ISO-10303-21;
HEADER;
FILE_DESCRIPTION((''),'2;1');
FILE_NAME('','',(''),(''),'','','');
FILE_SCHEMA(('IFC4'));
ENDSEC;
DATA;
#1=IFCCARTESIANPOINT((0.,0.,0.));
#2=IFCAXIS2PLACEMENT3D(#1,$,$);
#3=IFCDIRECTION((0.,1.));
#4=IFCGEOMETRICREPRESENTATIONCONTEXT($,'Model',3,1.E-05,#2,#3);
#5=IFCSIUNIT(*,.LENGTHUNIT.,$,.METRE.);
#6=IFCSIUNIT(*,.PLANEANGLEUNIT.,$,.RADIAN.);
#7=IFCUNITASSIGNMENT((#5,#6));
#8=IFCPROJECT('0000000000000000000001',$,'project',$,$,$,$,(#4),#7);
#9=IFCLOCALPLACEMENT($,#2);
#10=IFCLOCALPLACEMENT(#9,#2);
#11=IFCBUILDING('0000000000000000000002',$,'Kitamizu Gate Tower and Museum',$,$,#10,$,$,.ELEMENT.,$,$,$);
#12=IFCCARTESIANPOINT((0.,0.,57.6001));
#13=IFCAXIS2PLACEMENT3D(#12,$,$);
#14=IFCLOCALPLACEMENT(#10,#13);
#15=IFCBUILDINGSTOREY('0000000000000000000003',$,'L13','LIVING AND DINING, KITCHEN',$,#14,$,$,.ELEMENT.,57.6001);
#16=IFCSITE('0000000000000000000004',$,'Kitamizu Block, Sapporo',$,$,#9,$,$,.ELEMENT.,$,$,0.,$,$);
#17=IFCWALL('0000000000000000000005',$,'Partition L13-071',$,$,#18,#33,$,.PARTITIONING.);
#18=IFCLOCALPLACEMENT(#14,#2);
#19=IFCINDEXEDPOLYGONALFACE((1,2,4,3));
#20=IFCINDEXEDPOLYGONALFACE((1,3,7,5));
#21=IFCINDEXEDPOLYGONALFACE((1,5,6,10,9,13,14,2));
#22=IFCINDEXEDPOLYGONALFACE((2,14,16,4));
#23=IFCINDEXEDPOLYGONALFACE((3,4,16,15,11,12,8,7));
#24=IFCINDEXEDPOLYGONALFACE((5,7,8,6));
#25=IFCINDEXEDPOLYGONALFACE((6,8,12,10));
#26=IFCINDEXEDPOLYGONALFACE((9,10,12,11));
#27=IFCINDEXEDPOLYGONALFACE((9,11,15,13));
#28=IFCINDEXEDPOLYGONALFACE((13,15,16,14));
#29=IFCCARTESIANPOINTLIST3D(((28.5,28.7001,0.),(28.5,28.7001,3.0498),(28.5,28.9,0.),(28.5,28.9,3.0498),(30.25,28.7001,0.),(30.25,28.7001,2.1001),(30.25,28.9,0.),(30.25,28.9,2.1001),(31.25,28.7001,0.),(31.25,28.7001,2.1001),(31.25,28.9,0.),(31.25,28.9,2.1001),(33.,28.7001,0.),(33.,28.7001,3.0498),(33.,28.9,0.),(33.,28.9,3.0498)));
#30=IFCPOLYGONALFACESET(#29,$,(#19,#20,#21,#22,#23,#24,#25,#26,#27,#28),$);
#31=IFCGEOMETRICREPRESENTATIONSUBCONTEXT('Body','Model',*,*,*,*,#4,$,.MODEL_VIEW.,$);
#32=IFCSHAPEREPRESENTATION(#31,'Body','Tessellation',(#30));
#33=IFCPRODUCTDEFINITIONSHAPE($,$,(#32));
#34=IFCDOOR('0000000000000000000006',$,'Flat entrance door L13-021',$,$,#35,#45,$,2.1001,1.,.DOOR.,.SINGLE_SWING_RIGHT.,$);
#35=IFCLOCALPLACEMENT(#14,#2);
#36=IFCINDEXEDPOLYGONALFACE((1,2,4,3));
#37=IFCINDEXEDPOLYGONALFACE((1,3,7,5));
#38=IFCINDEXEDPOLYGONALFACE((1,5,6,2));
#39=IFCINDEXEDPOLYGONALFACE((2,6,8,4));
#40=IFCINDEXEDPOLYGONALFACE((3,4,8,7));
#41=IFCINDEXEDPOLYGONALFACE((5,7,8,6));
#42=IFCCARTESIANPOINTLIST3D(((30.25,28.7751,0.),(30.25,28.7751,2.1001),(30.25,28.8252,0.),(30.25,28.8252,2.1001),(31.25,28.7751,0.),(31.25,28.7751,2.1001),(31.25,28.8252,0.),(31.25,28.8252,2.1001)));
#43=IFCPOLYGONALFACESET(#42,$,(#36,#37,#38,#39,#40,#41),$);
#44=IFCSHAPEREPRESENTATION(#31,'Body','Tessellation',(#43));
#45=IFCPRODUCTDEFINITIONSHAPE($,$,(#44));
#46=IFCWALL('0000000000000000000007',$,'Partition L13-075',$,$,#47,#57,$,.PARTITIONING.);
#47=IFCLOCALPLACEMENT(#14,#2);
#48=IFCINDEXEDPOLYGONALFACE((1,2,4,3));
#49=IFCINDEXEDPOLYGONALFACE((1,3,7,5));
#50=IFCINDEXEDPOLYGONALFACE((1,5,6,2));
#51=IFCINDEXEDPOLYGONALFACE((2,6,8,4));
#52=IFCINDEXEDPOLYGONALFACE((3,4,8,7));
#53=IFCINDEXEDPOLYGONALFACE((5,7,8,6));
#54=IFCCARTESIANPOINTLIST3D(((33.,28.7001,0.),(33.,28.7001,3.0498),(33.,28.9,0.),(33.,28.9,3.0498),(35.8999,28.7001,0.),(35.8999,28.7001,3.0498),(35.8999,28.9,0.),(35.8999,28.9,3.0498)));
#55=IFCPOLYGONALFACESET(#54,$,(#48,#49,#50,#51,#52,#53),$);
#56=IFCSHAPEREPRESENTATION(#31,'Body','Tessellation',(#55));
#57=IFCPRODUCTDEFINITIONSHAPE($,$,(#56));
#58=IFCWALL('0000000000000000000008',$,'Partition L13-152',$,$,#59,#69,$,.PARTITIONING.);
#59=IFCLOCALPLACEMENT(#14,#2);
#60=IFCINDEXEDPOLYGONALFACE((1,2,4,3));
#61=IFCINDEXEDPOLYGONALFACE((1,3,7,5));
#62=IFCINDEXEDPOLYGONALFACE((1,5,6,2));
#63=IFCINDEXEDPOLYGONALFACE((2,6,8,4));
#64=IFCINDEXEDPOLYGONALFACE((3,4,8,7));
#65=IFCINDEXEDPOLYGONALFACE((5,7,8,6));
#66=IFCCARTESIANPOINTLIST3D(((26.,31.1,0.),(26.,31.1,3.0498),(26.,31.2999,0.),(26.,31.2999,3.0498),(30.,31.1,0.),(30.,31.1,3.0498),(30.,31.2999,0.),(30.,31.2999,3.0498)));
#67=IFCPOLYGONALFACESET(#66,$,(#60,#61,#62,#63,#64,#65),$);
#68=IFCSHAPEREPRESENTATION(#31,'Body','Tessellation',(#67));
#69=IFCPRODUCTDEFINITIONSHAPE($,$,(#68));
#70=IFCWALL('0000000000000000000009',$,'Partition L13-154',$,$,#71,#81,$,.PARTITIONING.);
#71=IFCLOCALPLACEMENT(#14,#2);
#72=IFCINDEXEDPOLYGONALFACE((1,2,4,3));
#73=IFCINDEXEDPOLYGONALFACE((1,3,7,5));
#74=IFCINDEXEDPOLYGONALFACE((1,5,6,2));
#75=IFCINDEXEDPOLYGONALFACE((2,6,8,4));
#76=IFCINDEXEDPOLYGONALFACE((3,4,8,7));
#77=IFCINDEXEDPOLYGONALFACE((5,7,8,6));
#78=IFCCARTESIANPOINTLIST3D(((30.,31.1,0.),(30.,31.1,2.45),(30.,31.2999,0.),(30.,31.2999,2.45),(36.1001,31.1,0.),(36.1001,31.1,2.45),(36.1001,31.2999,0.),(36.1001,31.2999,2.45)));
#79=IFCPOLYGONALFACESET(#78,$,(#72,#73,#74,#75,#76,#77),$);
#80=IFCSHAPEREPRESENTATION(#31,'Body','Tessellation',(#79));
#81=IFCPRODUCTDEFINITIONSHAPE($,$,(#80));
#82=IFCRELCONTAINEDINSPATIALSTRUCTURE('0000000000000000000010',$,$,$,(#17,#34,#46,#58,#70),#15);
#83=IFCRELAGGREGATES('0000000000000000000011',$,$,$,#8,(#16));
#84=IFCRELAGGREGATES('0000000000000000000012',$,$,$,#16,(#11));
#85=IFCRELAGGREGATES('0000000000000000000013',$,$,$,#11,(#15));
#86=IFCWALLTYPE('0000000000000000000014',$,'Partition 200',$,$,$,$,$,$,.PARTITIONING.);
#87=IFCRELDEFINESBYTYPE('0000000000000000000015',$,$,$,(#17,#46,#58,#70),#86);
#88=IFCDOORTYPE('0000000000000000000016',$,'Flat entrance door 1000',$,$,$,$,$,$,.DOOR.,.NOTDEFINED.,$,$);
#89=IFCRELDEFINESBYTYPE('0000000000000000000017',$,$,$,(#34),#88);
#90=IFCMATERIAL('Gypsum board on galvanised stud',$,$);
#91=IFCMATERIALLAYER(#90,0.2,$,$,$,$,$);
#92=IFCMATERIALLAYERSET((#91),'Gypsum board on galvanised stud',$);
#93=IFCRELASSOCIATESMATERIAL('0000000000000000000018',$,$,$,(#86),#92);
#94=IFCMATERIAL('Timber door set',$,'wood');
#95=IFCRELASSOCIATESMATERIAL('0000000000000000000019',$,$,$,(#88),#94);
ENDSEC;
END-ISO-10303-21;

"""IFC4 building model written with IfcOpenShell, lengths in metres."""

from ifc_helpers import new_model, si_unit, direction, frame, frame_2d, origin, place, context, subcontext, project, spatial, rectangle, extrude, material, layer, layer_set, type_object, element, fill, save


model = new_model("IFC4")

# Units and contexts
model_context = context("Model", 3, precision=1e-05, world=origin(), true_north=direction((0.0, 1.0)))
body_context = subcontext(model_context, "Body", "Model", "MODEL_VIEW")
ifc_project = project(units=[si_unit("LENGTHUNIT", "METRE"), si_unit("PLANEANGLEUNIT", "RADIAN")], contexts=[model_context])

# Site, building, storey
site_placement = place(None, origin())
site = spatial("IfcSite", under=ifc_project, at=site_placement, Name="Kitamizu Block, Sapporo", CompositionType="ELEMENT", RefElevation=0.0)
building_placement = place(site_placement, origin())
building = spatial("IfcBuilding", under=site, at=building_placement, Name="Kitamizu Gate Tower and Museum", CompositionType="ELEMENT")
storey_placement = place(building_placement, frame((0.0, 0.0, 57.6001)))
storey = spatial("IfcBuildingStorey", under=building, at=storey_placement, Name="L13", Description="LIVING AND DINING, KITCHEN", CompositionType="ELEMENT", Elevation=57.6001)

# Shared definitions
ifc_material_1 = material(Name="Gypsum board on galvanised stud")
ifc_layer_1 = layer(ifc_material_1, 0.2)
ifc_layer_set_1 = layer_set([ifc_layer_1], Name="Gypsum board on galvanised stud")
wall_type_1 = type_object("IfcWallType", Name="Partition 200", PredefinedType="PARTITIONING", material=ifc_layer_set_1)

# Wall, opening, door
wall_1_placement = place(storey_placement, frame((33.0, 28.8, 0.0), z_axis=(0.0, 0.0, 1.0), x_axis=(-1.0, 0.0, 0.0)))
wall_1 = element("IfcWall", 1, at=wall_1_placement, inside=storey, type_object=wall_type_1, Name="Partition L13-071", PredefinedType="PARTITIONING", context=body_context, shape_type="SweptSolid", body=[
    extrude(rectangle(XDim=4.5, YDim=0.2, at=frame_2d((2.25, 0.0))), origin(), (0.0, 0.0, 1.0), 3.0498),
])
opening_1_placement = place(wall_1_placement, frame((1.75, 0.0, 0.0)))
opening_1 = element("IfcOpeningElement", 2, at=opening_1_placement, cuts=wall_1, PredefinedType="OPENING", context=body_context, shape_type="SweptSolid", body=[
    extrude(rectangle(XDim=1.0, YDim=2.1001, at=frame_2d((0.5, 1.05))), frame((0.0, 0.1099, 0.0), z_axis=(0.0, -1.0, 0.0), x_axis=(1.0, 0.0, 0.0)), (0.0, 0.0, 1.0), 0.22),
])
ifc_material_2 = material(Name="Timber door set", Category="wood")
door_type_1 = type_object("IfcDoorType", Name="Flat entrance door 1000", OperationType="NOTDEFINED", PredefinedType="DOOR", material=ifc_material_2)
door_1_placement = place(opening_1_placement, origin())
door_1 = element("IfcDoor", 3, at=door_1_placement, inside=storey, type_object=door_type_1, Name="Flat entrance door L13-021", OperationType="SINGLE_SWING_RIGHT", OverallHeight=2.1001, OverallWidth=1.0, PredefinedType="DOOR", context=body_context, shape_type="SweptSolid", body=[
    extrude(rectangle(XDim=1.0, YDim=2.1001, at=frame_2d((0.5, 1.05))), frame((0.0, 0.0249, 0.0), z_axis=(0.0, -1.0, 0.0), x_axis=(1.0, 0.0, 0.0)), (0.0, 0.0, 1.0), 0.05),
])
fill(opening_1, door_1)

# Walls
wall_2_placement = place(storey_placement, frame((35.8999, 28.8, 0.0), z_axis=(0.0, 0.0, 1.0), x_axis=(-1.0, 0.0, 0.0)))
element("IfcWall", 4, at=wall_2_placement, inside=storey, type_object=wall_type_1, Name="Partition L13-075", PredefinedType="PARTITIONING", context=body_context, shape_type="SweptSolid", body=[
    extrude(rectangle(XDim=2.8999, YDim=0.2, at=frame_2d((1.45, 0.0))), origin(), (0.0, 0.0, 1.0), 3.0498),
])
wall_3_placement = place(storey_placement, frame((26.0, 31.2, 0.0), z_axis=(0.0, 0.0, 1.0), x_axis=(1.0, 0.0, 0.0)))
element("IfcWall", 5, at=wall_3_placement, inside=storey, type_object=wall_type_1, Name="Partition L13-152", PredefinedType="PARTITIONING", context=body_context, shape_type="SweptSolid", body=[
    extrude(rectangle(XDim=4.0, YDim=0.2, at=frame_2d((2.0, 0.0))), origin(), (0.0, 0.0, 1.0), 3.0498),
])
wall_4_placement = place(storey_placement, frame((30.0, 31.2, 0.0), z_axis=(0.0, 0.0, 1.0), x_axis=(1.0, 0.0, 0.0)))
element("IfcWall", 6, at=wall_4_placement, inside=storey, type_object=wall_type_1, Name="Partition L13-154", PredefinedType="PARTITIONING", context=body_context, shape_type="SweptSolid", body=[
    extrude(rectangle(XDim=6.1001, YDim=0.2, at=frame_2d((3.05, 0.0))), origin(), (0.0, 0.0, 1.0), 2.45),
])

save(model, "model.ifc")
